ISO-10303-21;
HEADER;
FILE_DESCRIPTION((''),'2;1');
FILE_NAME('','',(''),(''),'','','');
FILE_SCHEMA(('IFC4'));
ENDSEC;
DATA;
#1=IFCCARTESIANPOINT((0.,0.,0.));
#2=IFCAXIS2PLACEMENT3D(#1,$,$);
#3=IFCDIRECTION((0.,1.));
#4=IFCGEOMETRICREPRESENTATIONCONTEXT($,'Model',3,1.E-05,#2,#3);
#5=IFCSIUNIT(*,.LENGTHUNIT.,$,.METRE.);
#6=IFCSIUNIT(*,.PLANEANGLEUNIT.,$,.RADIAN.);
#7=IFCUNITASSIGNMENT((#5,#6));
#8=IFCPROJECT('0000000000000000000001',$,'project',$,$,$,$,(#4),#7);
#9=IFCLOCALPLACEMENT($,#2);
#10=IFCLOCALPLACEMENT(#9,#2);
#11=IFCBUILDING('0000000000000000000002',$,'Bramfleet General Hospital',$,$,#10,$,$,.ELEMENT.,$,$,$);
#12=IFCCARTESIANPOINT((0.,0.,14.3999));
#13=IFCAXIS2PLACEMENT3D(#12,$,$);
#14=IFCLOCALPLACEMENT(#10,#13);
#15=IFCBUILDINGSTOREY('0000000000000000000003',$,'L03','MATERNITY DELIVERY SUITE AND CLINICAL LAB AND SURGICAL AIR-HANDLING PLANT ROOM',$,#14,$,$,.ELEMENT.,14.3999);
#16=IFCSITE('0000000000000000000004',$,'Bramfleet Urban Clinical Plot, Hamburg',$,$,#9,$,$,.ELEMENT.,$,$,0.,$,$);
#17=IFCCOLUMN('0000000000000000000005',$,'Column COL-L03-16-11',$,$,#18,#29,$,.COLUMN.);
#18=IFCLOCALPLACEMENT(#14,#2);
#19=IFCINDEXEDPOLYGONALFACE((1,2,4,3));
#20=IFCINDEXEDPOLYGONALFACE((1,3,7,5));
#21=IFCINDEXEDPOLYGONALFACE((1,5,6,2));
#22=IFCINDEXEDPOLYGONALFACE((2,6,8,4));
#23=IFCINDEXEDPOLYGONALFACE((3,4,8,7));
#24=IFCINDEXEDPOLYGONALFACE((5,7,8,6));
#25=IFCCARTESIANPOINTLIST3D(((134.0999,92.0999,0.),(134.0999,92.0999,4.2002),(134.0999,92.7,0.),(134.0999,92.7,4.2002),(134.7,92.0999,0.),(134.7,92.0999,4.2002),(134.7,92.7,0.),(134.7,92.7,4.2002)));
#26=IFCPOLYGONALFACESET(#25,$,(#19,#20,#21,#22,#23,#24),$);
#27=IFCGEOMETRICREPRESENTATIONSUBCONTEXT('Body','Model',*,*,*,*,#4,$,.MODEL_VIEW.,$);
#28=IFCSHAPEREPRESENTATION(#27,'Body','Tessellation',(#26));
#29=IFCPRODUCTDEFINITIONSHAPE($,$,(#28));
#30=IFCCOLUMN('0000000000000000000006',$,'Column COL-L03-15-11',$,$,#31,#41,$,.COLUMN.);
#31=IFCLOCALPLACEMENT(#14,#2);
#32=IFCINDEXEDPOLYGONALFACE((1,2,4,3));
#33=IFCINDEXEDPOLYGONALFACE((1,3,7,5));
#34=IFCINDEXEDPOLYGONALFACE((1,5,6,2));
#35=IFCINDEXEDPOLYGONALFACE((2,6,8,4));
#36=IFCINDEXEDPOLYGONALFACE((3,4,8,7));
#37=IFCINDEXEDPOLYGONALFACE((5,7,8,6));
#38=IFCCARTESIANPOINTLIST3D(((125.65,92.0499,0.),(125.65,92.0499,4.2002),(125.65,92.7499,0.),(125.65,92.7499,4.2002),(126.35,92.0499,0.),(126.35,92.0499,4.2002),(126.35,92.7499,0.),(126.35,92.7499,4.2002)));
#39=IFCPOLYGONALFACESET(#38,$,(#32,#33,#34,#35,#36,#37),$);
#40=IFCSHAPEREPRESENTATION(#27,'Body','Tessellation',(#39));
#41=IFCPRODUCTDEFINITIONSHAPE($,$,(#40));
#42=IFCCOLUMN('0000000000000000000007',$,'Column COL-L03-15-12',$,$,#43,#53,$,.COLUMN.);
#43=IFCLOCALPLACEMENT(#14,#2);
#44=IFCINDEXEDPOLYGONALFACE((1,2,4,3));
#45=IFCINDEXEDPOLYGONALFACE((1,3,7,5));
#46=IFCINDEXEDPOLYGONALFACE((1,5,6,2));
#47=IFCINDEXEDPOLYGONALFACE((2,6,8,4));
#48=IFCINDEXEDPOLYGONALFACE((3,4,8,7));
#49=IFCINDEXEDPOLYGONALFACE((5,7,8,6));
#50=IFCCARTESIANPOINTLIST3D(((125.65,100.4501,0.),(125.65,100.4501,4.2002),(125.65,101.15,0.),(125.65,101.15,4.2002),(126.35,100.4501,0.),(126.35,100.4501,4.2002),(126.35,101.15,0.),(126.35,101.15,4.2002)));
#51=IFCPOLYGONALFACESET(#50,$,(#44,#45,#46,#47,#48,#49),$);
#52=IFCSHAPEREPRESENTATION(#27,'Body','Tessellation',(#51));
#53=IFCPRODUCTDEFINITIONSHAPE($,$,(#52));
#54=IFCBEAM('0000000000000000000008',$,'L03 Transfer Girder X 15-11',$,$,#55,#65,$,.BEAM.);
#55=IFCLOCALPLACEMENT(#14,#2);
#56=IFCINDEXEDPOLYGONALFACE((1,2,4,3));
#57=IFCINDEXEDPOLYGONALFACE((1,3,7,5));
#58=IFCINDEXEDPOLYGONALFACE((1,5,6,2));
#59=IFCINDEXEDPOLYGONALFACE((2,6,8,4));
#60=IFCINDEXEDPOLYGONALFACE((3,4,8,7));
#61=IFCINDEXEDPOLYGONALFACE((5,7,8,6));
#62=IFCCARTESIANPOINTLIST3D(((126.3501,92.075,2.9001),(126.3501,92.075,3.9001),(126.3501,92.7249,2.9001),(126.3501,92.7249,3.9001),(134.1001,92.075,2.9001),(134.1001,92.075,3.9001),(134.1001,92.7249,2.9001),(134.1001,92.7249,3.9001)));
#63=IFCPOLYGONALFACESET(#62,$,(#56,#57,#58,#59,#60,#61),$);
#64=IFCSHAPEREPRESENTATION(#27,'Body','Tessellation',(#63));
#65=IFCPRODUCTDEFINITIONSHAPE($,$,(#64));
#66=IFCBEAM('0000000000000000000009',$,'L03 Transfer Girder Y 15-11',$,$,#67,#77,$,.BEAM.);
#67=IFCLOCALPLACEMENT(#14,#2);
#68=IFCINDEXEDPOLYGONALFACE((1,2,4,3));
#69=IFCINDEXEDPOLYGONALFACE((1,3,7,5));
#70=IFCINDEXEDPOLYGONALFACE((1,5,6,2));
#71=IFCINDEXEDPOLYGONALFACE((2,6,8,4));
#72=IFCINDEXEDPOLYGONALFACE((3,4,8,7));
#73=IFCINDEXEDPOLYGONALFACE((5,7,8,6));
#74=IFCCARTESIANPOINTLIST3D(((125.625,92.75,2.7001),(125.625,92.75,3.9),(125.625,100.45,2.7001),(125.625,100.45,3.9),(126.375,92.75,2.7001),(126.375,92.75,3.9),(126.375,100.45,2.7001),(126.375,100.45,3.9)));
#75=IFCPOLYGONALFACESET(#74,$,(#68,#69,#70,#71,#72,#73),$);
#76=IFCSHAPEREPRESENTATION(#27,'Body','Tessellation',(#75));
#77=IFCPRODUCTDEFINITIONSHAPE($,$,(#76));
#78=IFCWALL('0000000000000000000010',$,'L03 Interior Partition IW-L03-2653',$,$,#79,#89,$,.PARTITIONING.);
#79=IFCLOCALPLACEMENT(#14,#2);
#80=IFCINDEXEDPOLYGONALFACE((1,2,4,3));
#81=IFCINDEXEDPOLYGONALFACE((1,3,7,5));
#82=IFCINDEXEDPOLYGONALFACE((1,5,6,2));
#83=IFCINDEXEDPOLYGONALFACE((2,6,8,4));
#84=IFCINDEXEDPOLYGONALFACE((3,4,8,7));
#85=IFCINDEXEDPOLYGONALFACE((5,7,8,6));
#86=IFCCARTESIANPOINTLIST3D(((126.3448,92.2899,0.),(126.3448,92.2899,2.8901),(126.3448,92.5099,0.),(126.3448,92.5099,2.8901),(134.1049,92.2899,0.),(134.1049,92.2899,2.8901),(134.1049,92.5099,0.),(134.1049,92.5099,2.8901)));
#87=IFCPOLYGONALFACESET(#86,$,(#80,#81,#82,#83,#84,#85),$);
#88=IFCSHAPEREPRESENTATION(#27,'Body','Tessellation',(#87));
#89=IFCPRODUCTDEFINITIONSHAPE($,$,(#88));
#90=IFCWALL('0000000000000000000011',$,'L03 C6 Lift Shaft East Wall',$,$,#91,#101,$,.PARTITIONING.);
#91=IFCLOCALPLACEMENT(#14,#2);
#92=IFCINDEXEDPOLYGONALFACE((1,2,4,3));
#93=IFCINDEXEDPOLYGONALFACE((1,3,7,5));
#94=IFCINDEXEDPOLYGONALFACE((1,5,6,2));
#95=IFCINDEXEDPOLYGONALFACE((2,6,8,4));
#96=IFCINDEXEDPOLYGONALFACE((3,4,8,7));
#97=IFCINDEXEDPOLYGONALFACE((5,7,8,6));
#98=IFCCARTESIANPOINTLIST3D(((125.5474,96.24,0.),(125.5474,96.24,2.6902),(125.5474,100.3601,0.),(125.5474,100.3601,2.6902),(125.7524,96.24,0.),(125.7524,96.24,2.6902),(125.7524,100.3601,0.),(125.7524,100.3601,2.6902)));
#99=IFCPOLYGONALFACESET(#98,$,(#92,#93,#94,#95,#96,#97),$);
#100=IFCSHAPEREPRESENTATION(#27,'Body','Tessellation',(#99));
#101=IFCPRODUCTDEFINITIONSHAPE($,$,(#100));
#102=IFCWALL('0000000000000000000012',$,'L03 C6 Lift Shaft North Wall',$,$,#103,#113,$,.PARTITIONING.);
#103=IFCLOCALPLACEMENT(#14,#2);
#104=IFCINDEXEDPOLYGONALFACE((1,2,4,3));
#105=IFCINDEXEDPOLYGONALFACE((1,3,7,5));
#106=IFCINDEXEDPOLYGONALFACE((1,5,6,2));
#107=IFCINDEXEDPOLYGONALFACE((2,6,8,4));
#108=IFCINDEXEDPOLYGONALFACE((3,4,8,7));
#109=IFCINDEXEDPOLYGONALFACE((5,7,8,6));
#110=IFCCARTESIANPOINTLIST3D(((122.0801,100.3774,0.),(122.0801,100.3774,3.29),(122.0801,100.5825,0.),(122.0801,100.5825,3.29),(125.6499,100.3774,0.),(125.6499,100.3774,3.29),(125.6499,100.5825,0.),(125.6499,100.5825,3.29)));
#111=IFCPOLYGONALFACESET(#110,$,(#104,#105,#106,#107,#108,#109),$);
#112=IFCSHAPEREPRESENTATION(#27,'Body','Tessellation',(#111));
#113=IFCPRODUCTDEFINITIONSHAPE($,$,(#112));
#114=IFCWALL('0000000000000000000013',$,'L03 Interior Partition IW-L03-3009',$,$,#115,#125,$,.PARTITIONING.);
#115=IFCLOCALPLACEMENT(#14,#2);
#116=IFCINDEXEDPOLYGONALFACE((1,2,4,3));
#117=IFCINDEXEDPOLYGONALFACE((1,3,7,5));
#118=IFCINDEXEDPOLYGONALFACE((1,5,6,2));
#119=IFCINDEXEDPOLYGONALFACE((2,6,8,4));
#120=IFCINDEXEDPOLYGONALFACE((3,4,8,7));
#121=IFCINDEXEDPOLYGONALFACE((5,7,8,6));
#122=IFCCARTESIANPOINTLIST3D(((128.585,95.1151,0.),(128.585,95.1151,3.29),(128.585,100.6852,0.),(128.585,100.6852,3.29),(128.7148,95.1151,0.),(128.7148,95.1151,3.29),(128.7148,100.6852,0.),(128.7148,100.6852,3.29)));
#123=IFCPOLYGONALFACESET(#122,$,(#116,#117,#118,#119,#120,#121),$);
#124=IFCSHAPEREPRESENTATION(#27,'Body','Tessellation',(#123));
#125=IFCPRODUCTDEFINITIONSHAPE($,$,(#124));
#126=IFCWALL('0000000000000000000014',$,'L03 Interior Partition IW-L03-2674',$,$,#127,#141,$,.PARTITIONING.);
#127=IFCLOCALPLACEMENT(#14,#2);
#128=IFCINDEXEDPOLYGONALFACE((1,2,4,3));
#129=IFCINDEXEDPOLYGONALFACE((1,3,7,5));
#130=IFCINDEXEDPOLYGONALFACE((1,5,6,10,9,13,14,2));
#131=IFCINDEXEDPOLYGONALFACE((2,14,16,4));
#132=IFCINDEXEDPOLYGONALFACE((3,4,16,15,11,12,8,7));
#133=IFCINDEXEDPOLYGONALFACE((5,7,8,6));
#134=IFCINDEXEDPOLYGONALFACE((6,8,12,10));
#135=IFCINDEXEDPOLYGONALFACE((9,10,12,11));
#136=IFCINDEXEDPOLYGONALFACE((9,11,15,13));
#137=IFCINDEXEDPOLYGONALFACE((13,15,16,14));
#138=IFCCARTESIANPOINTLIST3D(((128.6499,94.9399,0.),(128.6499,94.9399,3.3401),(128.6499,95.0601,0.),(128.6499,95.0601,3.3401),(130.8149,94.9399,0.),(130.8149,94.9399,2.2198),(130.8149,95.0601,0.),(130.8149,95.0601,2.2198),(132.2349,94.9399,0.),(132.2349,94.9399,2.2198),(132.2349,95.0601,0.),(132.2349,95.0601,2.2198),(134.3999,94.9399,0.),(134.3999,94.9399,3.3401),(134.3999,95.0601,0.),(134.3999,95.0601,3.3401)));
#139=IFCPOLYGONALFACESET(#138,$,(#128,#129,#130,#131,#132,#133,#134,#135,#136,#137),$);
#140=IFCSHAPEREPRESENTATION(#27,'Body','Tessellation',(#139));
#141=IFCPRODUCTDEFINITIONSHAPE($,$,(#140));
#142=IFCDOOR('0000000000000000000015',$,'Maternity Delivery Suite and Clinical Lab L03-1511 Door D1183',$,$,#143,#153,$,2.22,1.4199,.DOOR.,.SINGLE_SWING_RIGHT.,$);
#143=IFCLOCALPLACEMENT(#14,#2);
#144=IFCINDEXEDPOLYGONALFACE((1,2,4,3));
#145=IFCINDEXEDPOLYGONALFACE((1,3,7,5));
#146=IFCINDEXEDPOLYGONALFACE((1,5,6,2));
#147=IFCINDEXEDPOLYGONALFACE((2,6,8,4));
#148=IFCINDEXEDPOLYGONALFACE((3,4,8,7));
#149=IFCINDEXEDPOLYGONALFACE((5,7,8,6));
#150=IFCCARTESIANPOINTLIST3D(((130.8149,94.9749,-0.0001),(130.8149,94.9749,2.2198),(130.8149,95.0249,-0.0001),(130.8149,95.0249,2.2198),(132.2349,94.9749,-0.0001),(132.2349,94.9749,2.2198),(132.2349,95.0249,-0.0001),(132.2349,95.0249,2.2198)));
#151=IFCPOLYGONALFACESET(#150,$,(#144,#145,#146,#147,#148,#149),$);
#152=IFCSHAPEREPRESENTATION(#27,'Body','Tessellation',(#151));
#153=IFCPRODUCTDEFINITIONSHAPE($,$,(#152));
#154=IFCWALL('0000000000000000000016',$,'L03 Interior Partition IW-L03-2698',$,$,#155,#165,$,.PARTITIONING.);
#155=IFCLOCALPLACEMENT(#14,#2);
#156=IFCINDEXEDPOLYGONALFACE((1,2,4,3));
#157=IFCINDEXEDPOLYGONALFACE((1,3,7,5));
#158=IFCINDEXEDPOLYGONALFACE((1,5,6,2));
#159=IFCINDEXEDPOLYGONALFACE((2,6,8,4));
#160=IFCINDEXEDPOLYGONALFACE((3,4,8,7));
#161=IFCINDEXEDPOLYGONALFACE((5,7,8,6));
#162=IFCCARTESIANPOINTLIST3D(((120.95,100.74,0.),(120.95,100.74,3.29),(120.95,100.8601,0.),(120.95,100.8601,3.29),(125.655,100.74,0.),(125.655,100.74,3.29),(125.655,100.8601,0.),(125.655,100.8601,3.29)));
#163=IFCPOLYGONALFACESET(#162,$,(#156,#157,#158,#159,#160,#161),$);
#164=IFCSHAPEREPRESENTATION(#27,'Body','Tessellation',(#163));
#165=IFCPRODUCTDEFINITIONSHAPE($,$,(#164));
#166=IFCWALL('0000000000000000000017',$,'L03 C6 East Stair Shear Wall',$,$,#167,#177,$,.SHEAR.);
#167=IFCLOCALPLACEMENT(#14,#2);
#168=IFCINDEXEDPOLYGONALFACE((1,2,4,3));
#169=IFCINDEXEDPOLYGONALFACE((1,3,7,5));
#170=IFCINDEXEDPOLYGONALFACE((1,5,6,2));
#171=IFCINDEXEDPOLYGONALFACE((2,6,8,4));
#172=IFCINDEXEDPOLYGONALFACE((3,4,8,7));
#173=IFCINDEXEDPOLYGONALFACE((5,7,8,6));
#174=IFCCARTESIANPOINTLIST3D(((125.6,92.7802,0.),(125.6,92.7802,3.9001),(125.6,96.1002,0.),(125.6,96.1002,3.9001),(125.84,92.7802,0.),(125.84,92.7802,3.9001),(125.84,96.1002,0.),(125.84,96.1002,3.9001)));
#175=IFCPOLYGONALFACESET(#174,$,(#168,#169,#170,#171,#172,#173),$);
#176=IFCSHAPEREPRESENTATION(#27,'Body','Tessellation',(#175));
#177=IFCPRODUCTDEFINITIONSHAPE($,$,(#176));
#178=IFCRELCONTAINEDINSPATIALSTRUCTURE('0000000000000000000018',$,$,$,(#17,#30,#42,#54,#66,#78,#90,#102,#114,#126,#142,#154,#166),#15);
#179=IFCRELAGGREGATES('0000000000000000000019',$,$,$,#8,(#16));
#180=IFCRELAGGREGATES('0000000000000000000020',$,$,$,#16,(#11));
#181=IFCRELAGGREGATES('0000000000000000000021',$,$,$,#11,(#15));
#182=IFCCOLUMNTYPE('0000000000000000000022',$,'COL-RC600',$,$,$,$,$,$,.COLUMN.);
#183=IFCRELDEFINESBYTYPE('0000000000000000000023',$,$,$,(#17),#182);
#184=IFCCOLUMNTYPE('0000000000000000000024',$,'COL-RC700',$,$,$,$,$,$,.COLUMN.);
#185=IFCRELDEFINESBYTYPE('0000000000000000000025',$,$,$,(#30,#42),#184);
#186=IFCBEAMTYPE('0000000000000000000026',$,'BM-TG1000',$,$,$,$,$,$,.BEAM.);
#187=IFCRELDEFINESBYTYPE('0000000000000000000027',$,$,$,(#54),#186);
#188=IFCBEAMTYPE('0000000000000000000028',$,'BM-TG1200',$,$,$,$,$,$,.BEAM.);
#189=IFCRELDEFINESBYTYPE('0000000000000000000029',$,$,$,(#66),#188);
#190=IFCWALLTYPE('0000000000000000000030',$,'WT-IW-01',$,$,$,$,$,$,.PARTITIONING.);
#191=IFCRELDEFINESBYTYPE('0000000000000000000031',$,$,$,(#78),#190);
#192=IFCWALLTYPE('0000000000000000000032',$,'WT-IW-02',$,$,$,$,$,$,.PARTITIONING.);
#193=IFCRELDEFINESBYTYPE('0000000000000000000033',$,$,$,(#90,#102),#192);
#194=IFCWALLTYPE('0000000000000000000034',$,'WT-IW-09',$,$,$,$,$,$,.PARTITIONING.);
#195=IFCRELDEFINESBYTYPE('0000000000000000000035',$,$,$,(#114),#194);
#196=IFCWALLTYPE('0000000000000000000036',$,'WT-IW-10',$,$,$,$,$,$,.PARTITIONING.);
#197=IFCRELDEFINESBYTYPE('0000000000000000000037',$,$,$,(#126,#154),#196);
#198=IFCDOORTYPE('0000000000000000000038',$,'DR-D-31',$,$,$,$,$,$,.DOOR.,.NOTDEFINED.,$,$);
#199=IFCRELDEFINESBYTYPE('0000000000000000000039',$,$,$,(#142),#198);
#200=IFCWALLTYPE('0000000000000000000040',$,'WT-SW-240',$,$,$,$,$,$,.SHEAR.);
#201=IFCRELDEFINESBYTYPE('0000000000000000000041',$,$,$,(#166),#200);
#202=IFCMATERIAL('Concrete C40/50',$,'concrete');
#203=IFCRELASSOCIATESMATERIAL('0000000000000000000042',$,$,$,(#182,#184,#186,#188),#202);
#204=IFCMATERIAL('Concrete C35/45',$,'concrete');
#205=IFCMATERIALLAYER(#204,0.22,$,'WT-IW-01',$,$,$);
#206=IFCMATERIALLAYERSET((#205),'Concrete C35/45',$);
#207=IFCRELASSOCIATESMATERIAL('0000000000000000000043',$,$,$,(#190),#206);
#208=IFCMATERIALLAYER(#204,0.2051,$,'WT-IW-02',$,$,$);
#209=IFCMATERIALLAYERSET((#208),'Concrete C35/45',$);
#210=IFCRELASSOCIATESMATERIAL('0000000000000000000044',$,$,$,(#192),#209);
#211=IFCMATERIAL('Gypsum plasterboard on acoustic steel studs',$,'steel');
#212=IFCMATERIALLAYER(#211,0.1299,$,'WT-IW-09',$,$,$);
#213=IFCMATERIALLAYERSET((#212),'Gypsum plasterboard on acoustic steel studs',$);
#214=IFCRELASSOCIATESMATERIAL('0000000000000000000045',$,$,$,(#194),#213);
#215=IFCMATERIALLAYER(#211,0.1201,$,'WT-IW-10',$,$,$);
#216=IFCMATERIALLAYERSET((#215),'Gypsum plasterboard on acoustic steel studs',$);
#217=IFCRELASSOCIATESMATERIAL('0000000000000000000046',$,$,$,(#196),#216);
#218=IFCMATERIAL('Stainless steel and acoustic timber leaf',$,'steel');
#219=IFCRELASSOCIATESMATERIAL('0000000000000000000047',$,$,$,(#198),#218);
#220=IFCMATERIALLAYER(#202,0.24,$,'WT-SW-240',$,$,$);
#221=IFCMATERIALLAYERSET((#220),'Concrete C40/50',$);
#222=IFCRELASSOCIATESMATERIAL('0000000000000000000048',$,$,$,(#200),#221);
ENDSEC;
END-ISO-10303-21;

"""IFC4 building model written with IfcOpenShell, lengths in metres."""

from ifc_helpers import new_model, si_unit, direction, frame, frame_2d, origin, origin_2d, place, context, subcontext, project, spatial, rectangle, extrude, material, layer, layer_set, material_profile, profile_set, type_object, element, fill, save


model = new_model("IFC4")

# Units and contexts
model_context = context("Model", 3, precision=1e-05, world=origin(), true_north=direction((0.0, 1.0)))
body_context = subcontext(model_context, "Body", "Model", "MODEL_VIEW")
ifc_project = project(units=[si_unit("LENGTHUNIT", "METRE"), si_unit("PLANEANGLEUNIT", "RADIAN")], contexts=[model_context])

# Site, building, storey
site_placement = place(None, origin())
site = spatial("IfcSite", under=ifc_project, at=site_placement, Name="Bramfleet Urban Clinical Plot, Hamburg", CompositionType="ELEMENT", RefElevation=0.0)
building_placement = place(site_placement, origin())
building = spatial("IfcBuilding", under=site, at=building_placement, Name="Bramfleet General Hospital", CompositionType="ELEMENT")
storey_placement = place(building_placement, frame((0.0, 0.0, 14.3999)))
storey = spatial("IfcBuildingStorey", under=building, at=storey_placement, Name="L03", Description="MATERNITY DELIVERY SUITE AND CLINICAL LAB AND SURGICAL AIR-HANDLING PLANT ROOM", CompositionType="ELEMENT", Elevation=14.3999)

# Columns
ifc_material_1 = material(Name="Concrete C40/50", Category="concrete")
ifc_material_profile_1 = material_profile(ifc_material_1, rectangle(XDim=0.6001, YDim=0.6001, at=origin_2d()), Name="RC COL 600x600")
ifc_profile_set_1 = profile_set([ifc_material_profile_1], Name="Concrete C40/50")
column_type_1 = type_object("IfcColumnType", Name="COL-RC600", PredefinedType="COLUMN", material=ifc_profile_set_1)
column_placement = place(storey_placement, frame((134.3999, 92.3999, 0.0), z_axis=(0.0, 0.0, 1.0), x_axis=(1.0, 0.0, 0.0)))
element("IfcColumn", 1, at=column_placement, inside=storey, type_object=column_type_1, Name="Column COL-L03-16-11", PredefinedType="COLUMN", context=body_context, shape_type="SweptSolid", body=[
    extrude(rectangle(XDim=0.6001, YDim=0.6001, at=origin_2d()), origin(), (0.0, 0.0, 1.0), 4.2002),
])
ifc_material_profile_2 = material_profile(ifc_material_1, rectangle(XDim=0.7, YDim=0.7, at=origin_2d()), Name="RC COL 700x700")
ifc_profile_set_2 = profile_set([ifc_material_profile_2], Name="Concrete C40/50")
column_type_2 = type_object("IfcColumnType", Name="COL-RC700", PredefinedType="COLUMN", material=ifc_profile_set_2)
for number, where, z_axis, x_axis, name in (
    (2, (126.0, 92.3999, 0.0), (0.0, 0.0, 1.0), (1.0, 0.0, 0.0), "Column COL-L03-15-11"),
    (3, (126.0, 100.8, 0.0), (0.0, 0.0, 1.0), (1.0, 0.0, 0.0), "Column COL-L03-15-12"),
):
    element("IfcColumn", number, at=place(storey_placement, frame(where, z_axis=z_axis, x_axis=x_axis)), inside=storey, type_object=column_type_2, Name=name, PredefinedType="COLUMN", context=body_context, shape_type="SweptSolid", body=[
        extrude(rectangle(XDim=0.7, YDim=0.7, at=origin_2d()), origin(), (0.0, 0.0, 1.0), 4.2002),
    ])

# Beams
ifc_material_profile_3 = material_profile(ifc_material_1, rectangle(XDim=0.6499, YDim=1.0, at=origin_2d()), Name="RC TG 1000x650")
ifc_profile_set_3 = profile_set([ifc_material_profile_3], Name="Concrete C40/50")
beam_type_1 = type_object("IfcBeamType", Name="BM-TG1000", PredefinedType="BEAM", material=ifc_profile_set_3)
beam_1_placement = place(storey_placement, frame((126.3501, 92.3999, 3.4001), z_axis=(1.0, 0.0, 0.0), x_axis=(0.0, 1.0, 0.0)))
element("IfcBeam", 4, at=beam_1_placement, inside=storey, type_object=beam_type_1, Name="L03 Transfer Girder X 15-11", PredefinedType="BEAM", context=body_context, shape_type="SweptSolid", body=[
    extrude(rectangle(XDim=0.6499, YDim=1.0, at=origin_2d()), origin(), (0.0, 0.0, 1.0), 7.75),
])
ifc_material_profile_4 = material_profile(ifc_material_1, rectangle(XDim=0.75, YDim=1.2, at=origin_2d()), Name="RC TG 1200x750")
ifc_profile_set_4 = profile_set([ifc_material_profile_4], Name="Concrete C40/50")
beam_type_2 = type_object("IfcBeamType", Name="BM-TG1200", PredefinedType="BEAM", material=ifc_profile_set_4)
beam_2_placement = place(storey_placement, frame((126.0, 92.75, 3.3), z_axis=(0.0, 1.0, 0.0), x_axis=(-1.0, 0.0, 0.0)))
element("IfcBeam", 5, at=beam_2_placement, inside=storey, type_object=beam_type_2, Name="L03 Transfer Girder Y 15-11", PredefinedType="BEAM", context=body_context, shape_type="SweptSolid", body=[
    extrude(rectangle(XDim=0.75, YDim=1.2, at=origin_2d()), origin(), (0.0, 0.0, 1.0), 7.7),
])

# Wall
ifc_material_2 = material(Name="Concrete C35/45", Category="concrete")
ifc_layer_1 = layer(ifc_material_2, 0.22, Name="WT-IW-01")
ifc_layer_set_1 = layer_set([ifc_layer_1], Name="Concrete C35/45")
wall_type_1 = type_object("IfcWallType", Name="WT-IW-01", PredefinedType="PARTITIONING", material=ifc_layer_set_1)
wall_1_placement = place(storey_placement, frame((126.345, 92.3999, 0.0), z_axis=(0.0, 0.0, 1.0), x_axis=(1.0, 0.0, 0.0)))
element("IfcWall", 6, at=wall_1_placement, inside=storey, type_object=wall_type_1, Name="L03 Interior Partition IW-L03-2653", PredefinedType="PARTITIONING", context=body_context, shape_type="SweptSolid", body=[
    extrude(rectangle(XDim=7.76, YDim=0.22, at=frame_2d((3.8799, 0.0))), origin(), (0.0, 0.0, 1.0), 2.8901),
])

# Shared definitions
ifc_layer_2 = layer(ifc_material_2, 0.2051, Name="WT-IW-02")
ifc_layer_set_2 = layer_set([ifc_layer_2], Name="Concrete C35/45")
wall_type_2 = type_object("IfcWallType", Name="WT-IW-02", PredefinedType="PARTITIONING", material=ifc_layer_set_2)

# Walls
wall_2_placement = place(storey_placement, frame((125.6499, 96.24, 0.0), z_axis=(0.0, 0.0, 1.0), x_axis=(0.0, 1.0, 0.0)))
element("IfcWall", 7, at=wall_2_placement, inside=storey, type_object=wall_type_2, Name="L03 C6 Lift Shaft East Wall", PredefinedType="PARTITIONING", context=body_context, shape_type="SweptSolid", body=[
    extrude(rectangle(XDim=4.1201, YDim=0.2051, at=frame_2d((2.0601, 0.0))), origin(), (0.0, 0.0, 1.0), 2.6902),
])
wall_3_placement = place(storey_placement, frame((122.0801, 100.48, 0.0), z_axis=(0.0, 0.0, 1.0), x_axis=(1.0, 0.0, 0.0)))
element("IfcWall", 8, at=wall_3_placement, inside=storey, type_object=wall_type_2, Name="L03 C6 Lift Shaft North Wall", PredefinedType="PARTITIONING", context=body_context, shape_type="SweptSolid", body=[
    extrude(rectangle(XDim=3.5698, YDim=0.2051, at=frame_2d((1.7849, 0.0))), origin(), (0.0, 0.0, 1.0), 3.29),
])
ifc_material_3 = material(Name="Gypsum plasterboard on acoustic steel studs", Category="steel")
ifc_layer_3 = layer(ifc_material_3, 0.1299, Name="WT-IW-09")
ifc_layer_set_3 = layer_set([ifc_layer_3], Name="Gypsum plasterboard on acoustic steel studs")
wall_type_3 = type_object("IfcWallType", Name="WT-IW-09", PredefinedType="PARTITIONING", material=ifc_layer_set_3)
wall_4_placement = place(storey_placement, frame((128.6499, 95.115, 0.0), z_axis=(0.0, 0.0, 1.0), x_axis=(0.0, 1.0, 0.0)))
element("IfcWall", 9, at=wall_4_placement, inside=storey, type_object=wall_type_3, Name="L03 Interior Partition IW-L03-3009", PredefinedType="PARTITIONING", context=body_context, shape_type="SweptSolid", body=[
    extrude(rectangle(XDim=5.5701, YDim=0.1299, at=frame_2d((2.7852, 0.0))), origin(), (0.0, 0.0, 1.0), 3.29),
])

# Wall, opening, door
ifc_layer_4 = layer(ifc_material_3, 0.1201, Name="WT-IW-10")
ifc_layer_set_4 = layer_set([ifc_layer_4], Name="Gypsum plasterboard on acoustic steel studs")
wall_type_4 = type_object("IfcWallType", Name="WT-IW-10", PredefinedType="PARTITIONING", material=ifc_layer_set_4)
wall_5_placement = place(storey_placement, frame((128.6499, 95.0, 0.0), z_axis=(0.0, 0.0, 1.0), x_axis=(1.0, 0.0, 0.0)))
wall_5 = element("IfcWall", 10, at=wall_5_placement, inside=storey, type_object=wall_type_4, Name="L03 Interior Partition IW-L03-2674", PredefinedType="PARTITIONING", context=body_context, shape_type="SweptSolid", body=[
    extrude(rectangle(XDim=5.75, YDim=0.1201, at=frame_2d((2.875, 0.0))), origin(), (0.0, 0.0, 1.0), 3.3401),
])
opening_1_placement = place(wall_5_placement, frame((2.165, 0.0, 0.0)))
opening_1 = element("IfcOpeningElement", 11, at=opening_1_placement, cuts=wall_5, PredefinedType="OPENING", context=body_context, shape_type="SweptSolid", body=[
    extrude(rectangle(XDim=1.4199, YDim=2.22, at=frame_2d((0.71, 1.1099))), frame((0.0, 0.0701, 0.0), z_axis=(0.0, -1.0, 0.0), x_axis=(1.0, 0.0, 0.0)), (0.0, 0.0, 1.0), 0.1401),
])
ifc_material_4 = material(Name="Stainless steel and acoustic timber leaf", Category="steel")
door_type_1 = type_object("IfcDoorType", Name="DR-D-31", OperationType="NOTDEFINED", PredefinedType="DOOR", material=ifc_material_4)
door_1_placement = place(opening_1_placement, origin())
door_1 = element("IfcDoor", 12, at=door_1_placement, inside=storey, type_object=door_type_1, Name="Maternity Delivery Suite and Clinical Lab L03-1511 Door D1183", OperationType="SINGLE_SWING_RIGHT", OverallHeight=2.22, OverallWidth=1.4199, PredefinedType="DOOR", context=body_context, shape_type="SweptSolid", body=[
    extrude(rectangle(XDim=1.4199, YDim=2.22, at=frame_2d((0.71, 1.1099))), frame((0.0, 0.0249, 0.0), z_axis=(0.0, -1.0, 0.0), x_axis=(1.0, 0.0, 0.0)), (0.0, 0.0, 1.0), 0.05),
])
fill(opening_1, door_1)

# Walls
wall_6_placement = place(storey_placement, frame((120.95, 100.8, 0.0), z_axis=(0.0, 0.0, 1.0), x_axis=(1.0, 0.0, 0.0)))
element("IfcWall", 13, at=wall_6_placement, inside=storey, type_object=wall_type_4, Name="L03 Interior Partition IW-L03-2698", PredefinedType="PARTITIONING", context=body_context, shape_type="SweptSolid", body=[
    extrude(rectangle(XDim=4.7051, YDim=0.1201, at=frame_2d((2.3525, 0.0))), origin(), (0.0, 0.0, 1.0), 3.29),
])
ifc_layer_5 = layer(ifc_material_1, 0.24, Name="WT-SW-240")
ifc_layer_set_5 = layer_set([ifc_layer_5], Name="Concrete C40/50")
wall_type_5 = type_object("IfcWallType", Name="WT-SW-240", PredefinedType="SHEAR", material=ifc_layer_set_5)
wall_7_placement = place(storey_placement, frame((125.72, 92.78, 0.0), z_axis=(0.0, 0.0, 1.0), x_axis=(0.0, 1.0, 0.0)))
element("IfcWall", 14, at=wall_7_placement, inside=storey, type_object=wall_type_5, Name="L03 C6 East Stair Shear Wall", PredefinedType="SHEAR", context=body_context, shape_type="SweptSolid", body=[
    extrude(rectangle(XDim=3.3201, YDim=0.24, at=frame_2d((1.6602, 0.0))), origin(), (0.0, 0.0, 1.0), 3.9001),
])

save(model, "model.ifc")
